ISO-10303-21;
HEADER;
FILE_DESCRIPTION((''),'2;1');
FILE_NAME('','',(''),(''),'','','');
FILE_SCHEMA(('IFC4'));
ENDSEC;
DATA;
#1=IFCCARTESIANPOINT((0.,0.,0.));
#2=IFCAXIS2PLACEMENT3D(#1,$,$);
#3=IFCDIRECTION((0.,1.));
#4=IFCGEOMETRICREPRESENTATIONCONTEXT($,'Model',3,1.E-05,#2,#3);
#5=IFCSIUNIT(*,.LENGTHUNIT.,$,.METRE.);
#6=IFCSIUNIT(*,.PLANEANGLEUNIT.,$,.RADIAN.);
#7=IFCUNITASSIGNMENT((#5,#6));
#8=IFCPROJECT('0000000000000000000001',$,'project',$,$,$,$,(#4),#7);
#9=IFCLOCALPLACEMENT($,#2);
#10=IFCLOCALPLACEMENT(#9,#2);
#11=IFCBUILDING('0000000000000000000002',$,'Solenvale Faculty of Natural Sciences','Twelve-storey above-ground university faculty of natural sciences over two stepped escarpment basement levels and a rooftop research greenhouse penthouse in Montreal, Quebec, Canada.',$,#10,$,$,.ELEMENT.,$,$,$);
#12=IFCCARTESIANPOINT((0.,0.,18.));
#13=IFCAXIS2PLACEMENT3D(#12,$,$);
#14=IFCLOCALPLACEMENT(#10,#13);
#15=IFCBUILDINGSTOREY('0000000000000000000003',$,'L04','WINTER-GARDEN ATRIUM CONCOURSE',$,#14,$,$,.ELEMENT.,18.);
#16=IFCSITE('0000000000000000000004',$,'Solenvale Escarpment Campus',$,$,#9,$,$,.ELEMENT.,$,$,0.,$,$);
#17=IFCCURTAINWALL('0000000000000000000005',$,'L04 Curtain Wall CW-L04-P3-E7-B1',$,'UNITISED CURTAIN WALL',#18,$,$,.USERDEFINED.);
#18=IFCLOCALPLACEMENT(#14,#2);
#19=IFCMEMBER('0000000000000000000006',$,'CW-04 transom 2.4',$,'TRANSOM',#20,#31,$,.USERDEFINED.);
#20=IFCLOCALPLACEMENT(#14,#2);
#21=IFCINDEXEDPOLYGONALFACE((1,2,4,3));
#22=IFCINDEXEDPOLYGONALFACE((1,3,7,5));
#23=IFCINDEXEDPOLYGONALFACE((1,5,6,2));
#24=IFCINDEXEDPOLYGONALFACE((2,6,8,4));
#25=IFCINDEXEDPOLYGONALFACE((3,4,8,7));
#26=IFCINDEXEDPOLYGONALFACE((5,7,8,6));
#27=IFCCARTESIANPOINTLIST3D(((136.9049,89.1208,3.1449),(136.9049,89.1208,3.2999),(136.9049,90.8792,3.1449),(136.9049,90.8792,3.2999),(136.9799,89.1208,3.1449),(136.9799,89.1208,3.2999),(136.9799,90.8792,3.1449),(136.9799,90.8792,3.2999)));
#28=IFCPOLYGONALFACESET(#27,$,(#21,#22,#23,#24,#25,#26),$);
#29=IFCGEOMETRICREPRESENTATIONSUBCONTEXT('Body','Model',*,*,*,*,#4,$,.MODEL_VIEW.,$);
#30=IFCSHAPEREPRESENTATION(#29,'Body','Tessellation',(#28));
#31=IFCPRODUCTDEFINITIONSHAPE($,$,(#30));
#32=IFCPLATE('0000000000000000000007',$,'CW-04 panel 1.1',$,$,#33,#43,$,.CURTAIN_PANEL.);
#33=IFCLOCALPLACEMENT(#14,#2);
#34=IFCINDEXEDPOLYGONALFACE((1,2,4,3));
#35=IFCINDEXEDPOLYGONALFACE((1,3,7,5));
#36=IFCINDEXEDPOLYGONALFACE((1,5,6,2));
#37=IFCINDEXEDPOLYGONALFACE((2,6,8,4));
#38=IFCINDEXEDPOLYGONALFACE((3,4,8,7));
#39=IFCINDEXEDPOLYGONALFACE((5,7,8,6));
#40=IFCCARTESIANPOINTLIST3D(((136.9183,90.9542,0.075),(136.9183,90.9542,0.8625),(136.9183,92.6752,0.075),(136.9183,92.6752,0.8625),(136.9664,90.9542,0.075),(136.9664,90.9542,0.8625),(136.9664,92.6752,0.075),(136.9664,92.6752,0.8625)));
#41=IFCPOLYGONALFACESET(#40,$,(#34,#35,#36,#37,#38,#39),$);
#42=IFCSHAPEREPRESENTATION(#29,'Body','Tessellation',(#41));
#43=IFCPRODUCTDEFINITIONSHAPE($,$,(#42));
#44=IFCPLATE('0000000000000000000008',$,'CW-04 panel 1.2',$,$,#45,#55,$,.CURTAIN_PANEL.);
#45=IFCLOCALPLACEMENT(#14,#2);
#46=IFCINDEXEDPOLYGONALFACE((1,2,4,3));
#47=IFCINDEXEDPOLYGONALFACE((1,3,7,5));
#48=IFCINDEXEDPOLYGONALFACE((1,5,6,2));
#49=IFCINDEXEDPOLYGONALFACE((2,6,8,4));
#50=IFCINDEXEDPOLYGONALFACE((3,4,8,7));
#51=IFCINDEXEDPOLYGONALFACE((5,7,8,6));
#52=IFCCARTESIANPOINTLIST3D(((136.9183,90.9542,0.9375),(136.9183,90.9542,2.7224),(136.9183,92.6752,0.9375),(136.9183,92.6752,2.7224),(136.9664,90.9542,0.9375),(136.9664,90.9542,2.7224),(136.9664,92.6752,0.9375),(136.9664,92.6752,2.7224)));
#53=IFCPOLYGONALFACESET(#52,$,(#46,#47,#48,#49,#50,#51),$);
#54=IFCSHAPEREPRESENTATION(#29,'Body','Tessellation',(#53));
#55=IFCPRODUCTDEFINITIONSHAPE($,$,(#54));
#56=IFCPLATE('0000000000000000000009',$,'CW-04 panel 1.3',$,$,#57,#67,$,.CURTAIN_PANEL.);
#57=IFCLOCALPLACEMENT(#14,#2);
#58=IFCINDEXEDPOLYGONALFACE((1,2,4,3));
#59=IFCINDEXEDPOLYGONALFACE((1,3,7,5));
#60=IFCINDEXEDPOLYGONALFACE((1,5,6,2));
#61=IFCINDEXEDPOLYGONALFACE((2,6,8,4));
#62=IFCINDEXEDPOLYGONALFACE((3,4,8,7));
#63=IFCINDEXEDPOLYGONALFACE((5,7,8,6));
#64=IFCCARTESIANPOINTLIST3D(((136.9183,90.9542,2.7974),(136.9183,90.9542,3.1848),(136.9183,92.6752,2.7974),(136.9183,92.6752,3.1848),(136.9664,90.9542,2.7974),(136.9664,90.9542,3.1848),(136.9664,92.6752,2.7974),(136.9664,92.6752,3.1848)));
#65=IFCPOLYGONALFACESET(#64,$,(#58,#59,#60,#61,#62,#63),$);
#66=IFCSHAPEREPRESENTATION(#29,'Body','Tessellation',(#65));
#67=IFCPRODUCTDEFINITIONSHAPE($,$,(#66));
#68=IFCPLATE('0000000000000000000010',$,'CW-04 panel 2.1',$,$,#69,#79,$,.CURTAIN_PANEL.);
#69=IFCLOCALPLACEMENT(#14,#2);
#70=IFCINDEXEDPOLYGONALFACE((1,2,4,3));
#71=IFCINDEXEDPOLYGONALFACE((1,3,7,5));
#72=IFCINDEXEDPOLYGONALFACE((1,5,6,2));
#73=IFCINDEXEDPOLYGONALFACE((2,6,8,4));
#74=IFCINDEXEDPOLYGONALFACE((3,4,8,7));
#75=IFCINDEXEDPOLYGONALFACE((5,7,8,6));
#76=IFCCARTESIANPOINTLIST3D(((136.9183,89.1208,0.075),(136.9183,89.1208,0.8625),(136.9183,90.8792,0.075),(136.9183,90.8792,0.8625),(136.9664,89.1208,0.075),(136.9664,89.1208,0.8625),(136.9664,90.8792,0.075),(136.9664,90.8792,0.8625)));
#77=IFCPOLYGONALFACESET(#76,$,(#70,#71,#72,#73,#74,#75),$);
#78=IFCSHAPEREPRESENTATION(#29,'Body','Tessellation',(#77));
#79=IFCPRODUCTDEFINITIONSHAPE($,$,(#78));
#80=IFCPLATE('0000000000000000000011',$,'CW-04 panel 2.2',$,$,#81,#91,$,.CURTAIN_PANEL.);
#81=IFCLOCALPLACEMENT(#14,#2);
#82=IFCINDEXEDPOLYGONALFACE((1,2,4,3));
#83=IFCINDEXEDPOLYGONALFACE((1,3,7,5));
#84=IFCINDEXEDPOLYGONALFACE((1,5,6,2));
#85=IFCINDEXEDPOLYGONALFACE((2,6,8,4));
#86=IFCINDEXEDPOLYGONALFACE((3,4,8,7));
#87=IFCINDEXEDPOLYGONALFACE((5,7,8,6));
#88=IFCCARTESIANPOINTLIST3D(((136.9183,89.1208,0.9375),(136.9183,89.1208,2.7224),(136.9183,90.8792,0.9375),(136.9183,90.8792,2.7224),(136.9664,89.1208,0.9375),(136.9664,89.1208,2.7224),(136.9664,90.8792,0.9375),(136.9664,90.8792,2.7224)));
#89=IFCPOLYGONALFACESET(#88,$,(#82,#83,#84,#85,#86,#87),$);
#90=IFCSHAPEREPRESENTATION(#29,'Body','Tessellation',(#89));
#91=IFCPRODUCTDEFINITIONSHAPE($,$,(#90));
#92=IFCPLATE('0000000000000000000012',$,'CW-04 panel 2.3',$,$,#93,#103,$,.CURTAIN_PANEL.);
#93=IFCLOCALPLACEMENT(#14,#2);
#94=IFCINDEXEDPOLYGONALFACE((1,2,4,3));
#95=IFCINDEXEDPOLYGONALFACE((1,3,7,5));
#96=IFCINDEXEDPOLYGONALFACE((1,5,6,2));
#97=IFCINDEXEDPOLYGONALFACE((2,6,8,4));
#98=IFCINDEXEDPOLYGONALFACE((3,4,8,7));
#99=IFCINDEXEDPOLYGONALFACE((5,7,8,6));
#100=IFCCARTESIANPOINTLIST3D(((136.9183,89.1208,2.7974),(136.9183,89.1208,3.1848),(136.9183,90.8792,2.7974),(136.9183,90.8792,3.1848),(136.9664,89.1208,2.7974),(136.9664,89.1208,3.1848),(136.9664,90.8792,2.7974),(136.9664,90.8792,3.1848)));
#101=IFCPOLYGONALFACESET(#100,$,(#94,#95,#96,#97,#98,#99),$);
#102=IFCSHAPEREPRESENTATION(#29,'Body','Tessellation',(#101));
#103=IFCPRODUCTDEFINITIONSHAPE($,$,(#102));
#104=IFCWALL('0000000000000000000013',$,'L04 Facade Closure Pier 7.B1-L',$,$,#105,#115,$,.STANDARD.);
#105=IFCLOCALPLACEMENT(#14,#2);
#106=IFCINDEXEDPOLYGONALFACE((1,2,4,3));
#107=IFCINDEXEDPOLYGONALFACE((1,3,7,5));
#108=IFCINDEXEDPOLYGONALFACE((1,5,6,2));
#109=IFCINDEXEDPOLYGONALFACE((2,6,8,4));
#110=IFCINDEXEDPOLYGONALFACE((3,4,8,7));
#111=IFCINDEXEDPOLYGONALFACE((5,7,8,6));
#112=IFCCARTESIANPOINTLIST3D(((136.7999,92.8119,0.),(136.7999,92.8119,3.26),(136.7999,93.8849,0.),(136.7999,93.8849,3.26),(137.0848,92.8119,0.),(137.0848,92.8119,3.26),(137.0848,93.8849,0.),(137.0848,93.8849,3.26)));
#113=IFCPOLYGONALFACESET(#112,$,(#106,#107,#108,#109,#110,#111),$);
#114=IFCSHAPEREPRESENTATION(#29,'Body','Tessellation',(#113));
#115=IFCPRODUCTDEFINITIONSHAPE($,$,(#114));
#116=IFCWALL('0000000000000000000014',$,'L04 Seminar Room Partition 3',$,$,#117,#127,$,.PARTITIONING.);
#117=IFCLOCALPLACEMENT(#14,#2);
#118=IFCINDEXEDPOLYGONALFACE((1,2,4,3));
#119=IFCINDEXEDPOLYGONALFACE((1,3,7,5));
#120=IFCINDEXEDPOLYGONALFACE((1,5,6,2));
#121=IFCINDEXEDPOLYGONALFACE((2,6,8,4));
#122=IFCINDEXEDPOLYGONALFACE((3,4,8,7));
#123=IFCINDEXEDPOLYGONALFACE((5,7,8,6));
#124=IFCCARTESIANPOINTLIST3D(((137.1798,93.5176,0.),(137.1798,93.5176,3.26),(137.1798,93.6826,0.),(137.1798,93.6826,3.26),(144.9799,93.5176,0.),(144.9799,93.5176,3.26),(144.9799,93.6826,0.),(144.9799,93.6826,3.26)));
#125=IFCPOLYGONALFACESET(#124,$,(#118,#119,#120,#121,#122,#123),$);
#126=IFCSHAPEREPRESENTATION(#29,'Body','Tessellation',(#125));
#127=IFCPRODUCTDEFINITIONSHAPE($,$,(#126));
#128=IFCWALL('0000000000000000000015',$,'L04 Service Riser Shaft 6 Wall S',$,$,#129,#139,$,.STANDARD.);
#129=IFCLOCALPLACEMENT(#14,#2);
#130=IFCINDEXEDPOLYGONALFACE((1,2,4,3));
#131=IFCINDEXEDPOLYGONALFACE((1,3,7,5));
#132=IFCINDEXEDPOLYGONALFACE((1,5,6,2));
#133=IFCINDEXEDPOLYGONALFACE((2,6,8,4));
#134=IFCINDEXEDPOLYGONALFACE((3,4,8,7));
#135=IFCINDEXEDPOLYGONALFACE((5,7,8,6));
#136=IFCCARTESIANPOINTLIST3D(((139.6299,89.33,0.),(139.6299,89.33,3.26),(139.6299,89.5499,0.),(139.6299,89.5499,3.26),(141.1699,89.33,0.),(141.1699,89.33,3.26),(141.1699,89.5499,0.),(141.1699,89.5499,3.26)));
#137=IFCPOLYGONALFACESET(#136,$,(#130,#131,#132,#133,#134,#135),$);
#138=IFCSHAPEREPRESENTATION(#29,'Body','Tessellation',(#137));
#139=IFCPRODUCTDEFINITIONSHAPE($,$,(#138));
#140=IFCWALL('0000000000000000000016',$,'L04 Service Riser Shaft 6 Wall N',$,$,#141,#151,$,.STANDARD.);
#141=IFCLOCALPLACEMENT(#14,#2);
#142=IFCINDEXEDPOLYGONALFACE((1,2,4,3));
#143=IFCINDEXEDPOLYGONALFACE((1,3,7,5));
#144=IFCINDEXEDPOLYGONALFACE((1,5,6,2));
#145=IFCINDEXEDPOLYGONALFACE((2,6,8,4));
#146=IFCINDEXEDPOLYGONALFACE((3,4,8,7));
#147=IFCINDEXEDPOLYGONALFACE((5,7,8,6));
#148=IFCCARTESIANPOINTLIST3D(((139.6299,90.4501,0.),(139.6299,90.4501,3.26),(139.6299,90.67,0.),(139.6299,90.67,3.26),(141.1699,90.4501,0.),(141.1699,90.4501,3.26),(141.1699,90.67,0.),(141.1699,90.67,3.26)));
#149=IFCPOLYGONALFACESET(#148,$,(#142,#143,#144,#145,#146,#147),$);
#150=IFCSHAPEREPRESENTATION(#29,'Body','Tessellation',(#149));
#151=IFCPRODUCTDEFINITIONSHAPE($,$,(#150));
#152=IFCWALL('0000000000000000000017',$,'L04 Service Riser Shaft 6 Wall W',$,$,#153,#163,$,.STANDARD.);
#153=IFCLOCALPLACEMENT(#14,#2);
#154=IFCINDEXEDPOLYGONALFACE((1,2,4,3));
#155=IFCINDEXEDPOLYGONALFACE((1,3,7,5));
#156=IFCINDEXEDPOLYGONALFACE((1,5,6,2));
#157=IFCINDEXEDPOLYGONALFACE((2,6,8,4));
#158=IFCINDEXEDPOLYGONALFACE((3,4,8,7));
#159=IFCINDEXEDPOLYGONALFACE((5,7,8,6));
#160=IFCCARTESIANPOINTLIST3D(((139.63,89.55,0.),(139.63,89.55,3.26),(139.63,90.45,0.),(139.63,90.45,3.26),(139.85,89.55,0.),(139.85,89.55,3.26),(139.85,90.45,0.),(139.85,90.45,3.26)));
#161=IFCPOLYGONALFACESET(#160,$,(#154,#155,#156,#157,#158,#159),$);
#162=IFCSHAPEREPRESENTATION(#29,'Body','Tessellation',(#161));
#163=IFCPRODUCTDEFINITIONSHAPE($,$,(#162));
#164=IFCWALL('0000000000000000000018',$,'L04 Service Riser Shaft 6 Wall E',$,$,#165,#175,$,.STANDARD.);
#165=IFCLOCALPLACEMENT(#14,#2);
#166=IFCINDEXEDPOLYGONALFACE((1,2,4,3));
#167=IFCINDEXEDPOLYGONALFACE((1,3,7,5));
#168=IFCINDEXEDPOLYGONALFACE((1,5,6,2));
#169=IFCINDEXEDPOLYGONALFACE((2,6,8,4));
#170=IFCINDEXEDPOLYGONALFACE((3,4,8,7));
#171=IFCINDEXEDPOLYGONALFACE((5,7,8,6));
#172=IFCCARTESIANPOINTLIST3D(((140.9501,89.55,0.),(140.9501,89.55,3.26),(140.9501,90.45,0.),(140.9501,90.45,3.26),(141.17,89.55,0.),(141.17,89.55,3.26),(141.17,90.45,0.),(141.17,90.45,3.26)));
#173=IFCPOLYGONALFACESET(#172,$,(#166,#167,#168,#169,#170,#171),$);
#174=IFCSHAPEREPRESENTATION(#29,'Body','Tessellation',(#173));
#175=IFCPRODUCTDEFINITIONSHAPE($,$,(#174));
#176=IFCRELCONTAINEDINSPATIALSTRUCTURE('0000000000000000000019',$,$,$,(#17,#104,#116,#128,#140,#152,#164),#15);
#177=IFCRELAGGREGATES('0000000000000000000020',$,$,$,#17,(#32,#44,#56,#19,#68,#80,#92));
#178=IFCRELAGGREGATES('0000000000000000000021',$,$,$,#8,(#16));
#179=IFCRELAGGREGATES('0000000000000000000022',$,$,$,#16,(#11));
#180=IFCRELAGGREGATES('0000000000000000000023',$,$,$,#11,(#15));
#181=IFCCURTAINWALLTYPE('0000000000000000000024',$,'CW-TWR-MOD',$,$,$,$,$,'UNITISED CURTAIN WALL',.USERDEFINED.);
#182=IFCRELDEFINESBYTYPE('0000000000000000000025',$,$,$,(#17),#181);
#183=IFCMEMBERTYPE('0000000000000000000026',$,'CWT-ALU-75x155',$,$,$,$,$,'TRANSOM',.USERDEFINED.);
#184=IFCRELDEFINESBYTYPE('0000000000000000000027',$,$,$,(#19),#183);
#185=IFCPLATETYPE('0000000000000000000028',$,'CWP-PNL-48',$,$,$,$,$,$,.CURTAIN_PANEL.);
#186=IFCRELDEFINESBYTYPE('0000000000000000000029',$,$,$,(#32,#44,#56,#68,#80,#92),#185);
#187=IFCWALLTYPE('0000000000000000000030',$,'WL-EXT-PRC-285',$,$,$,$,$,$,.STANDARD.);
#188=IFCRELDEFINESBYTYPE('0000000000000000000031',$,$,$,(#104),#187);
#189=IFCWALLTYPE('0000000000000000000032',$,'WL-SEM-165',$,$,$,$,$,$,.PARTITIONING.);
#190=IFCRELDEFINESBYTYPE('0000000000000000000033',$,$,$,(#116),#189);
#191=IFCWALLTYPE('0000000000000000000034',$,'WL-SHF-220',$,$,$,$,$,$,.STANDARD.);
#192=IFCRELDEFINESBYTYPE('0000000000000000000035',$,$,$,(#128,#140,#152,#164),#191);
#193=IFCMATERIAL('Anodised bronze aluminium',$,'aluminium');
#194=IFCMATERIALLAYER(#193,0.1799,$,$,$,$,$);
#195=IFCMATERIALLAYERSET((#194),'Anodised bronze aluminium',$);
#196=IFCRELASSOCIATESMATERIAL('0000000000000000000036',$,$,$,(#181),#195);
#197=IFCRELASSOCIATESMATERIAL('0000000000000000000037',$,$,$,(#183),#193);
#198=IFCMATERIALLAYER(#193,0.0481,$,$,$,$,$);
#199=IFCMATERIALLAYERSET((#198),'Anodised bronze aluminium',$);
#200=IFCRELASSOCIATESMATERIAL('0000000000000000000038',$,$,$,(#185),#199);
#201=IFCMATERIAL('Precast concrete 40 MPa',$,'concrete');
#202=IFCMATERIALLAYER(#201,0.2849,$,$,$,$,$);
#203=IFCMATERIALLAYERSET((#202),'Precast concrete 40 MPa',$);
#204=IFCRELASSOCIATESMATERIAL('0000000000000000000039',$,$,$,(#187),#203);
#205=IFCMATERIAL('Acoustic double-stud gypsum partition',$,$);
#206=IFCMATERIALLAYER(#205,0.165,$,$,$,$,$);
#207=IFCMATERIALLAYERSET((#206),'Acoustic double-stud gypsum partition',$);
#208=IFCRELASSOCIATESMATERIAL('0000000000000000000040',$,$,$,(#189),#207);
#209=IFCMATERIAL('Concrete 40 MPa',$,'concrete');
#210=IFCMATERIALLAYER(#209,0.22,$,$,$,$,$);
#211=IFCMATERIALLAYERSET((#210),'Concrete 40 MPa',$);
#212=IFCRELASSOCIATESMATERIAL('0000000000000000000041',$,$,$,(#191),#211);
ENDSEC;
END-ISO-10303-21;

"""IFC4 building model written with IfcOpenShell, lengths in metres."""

from ifc_helpers import new_model, si_unit, direction, frame, frame_2d, origin, origin_2d, place, context, subcontext, project, spatial, rectangle, extrude, material, layer, layer_set, material_profile, profile_set, type_object, element, aggregate, save


model = new_model("IFC4")

# Units and contexts
model_context = context("Model", 3, precision=1e-05, world=origin(), true_north=direction((0.0, 1.0)))
body_context = subcontext(model_context, "Body", "Model", "MODEL_VIEW")
ifc_project = project(units=[si_unit("LENGTHUNIT", "METRE"), si_unit("PLANEANGLEUNIT", "RADIAN")], contexts=[model_context])

# Site, building, storey
site_placement = place(None, origin())
site = spatial("IfcSite", under=ifc_project, at=site_placement, Name="Solenvale Escarpment Campus", CompositionType="ELEMENT", RefElevation=0.0)
building_placement = place(site_placement, origin())
building = spatial("IfcBuilding", under=site, at=building_placement, Name="Solenvale Faculty of Natural Sciences", Description="Twelve-storey above-ground university faculty of natural sciences over two stepped escarpment basement levels and a rooftop research greenhouse penthouse in Montreal, Quebec, Canada.", CompositionType="ELEMENT")
storey_placement = place(building_placement, frame((0.0, 0.0, 18.0)))
storey = spatial("IfcBuildingStorey", under=building, at=storey_placement, Name="L04", Description="WINTER-GARDEN ATRIUM CONCOURSE", CompositionType="ELEMENT", Elevation=18.0)

# Shared definitions
ifc_material_1 = material(Name="Concrete 40 MPa", Category="concrete")

# Curtain wall, member, plates
ifc_material_2 = material(Name="Anodised bronze aluminium", Category="aluminium")
ifc_layer_1 = layer(ifc_material_2, 0.1799)
ifc_layer_set_1 = layer_set([ifc_layer_1], Name="Anodised bronze aluminium")
curtain_wall_type = type_object("IfcCurtainWallType", Name="CW-TWR-MOD", ElementType="UNITISED CURTAIN WALL", PredefinedType="USERDEFINED", material=ifc_layer_set_1)
curtain_wall_placement = place(storey_placement, origin())
curtain_wall = element("IfcCurtainWall", 1, at=curtain_wall_placement, inside=storey, type_object=curtain_wall_type, Name="L04 Curtain Wall CW-L04-P3-E7-B1", ObjectType="UNITISED CURTAIN WALL", PredefinedType="USERDEFINED")
ifc_material_profile_1 = material_profile(ifc_material_2, rectangle(XDim=0.075, YDim=0.155, at=origin_2d()), Name="ALU-TRN-75x155")
ifc_profile_set_1 = profile_set([ifc_material_profile_1], Name="Anodised bronze aluminium")
member_type_1 = type_object("IfcMemberType", Name="CWT-ALU-75x155", ElementType="TRANSOM", PredefinedType="USERDEFINED", material=ifc_profile_set_1)
member_1_placement = place(storey_placement, frame((136.9424, 90.8792, 3.2224), z_axis=(0.0, -1.0, 0.0), x_axis=(1.0, 0.0, 0.0)))
member_1 = element("IfcMember", 2, at=member_1_placement, type_object=member_type_1, Name="CW-04 transom 2.4", ObjectType="TRANSOM", PredefinedType="USERDEFINED", context=body_context, shape_type="SweptSolid", body=[
    extrude(rectangle(XDim=0.075, YDim=0.155, at=origin_2d()), origin(), (0.0, 0.0, 1.0), 1.7583),
])
ifc_layer_2 = layer(ifc_material_2, 0.0481)
ifc_layer_set_2 = layer_set([ifc_layer_2], Name="Anodised bronze aluminium")
plate_type = type_object("IfcPlateType", Name="CWP-PNL-48", PredefinedType="CURTAIN_PANEL", material=ifc_layer_set_2)
plate_1_placement = place(storey_placement, frame((136.9424, 91.8147, 0.075), z_axis=(0.0, 0.0, 1.0), x_axis=(0.0, -1.0, 0.0)))
plate_1 = element("IfcPlate", 3, at=plate_1_placement, type_object=plate_type, Name="CW-04 panel 1.1", PredefinedType="CURTAIN_PANEL", context=body_context, shape_type="SweptSolid", body=[
    extrude(rectangle(XDim=1.7209, YDim=0.0481, at=origin_2d()), origin(), (0.0, 0.0, 1.0), 0.7876),
])
plate_2_placement = place(storey_placement, frame((136.9424, 91.8147, 0.9375), z_axis=(0.0, 0.0, 1.0), x_axis=(0.0, -1.0, 0.0)))
plate_2 = element("IfcPlate", 4, at=plate_2_placement, type_object=plate_type, Name="CW-04 panel 1.2", PredefinedType="CURTAIN_PANEL", context=body_context, shape_type="SweptSolid", body=[
    extrude(rectangle(XDim=1.7209, YDim=0.0481, at=origin_2d()), origin(), (0.0, 0.0, 1.0), 1.7849),
])
plate_3_placement = place(storey_placement, frame((136.9424, 91.8147, 2.7974), z_axis=(0.0, 0.0, 1.0), x_axis=(0.0, -1.0, 0.0)))
plate_3 = element("IfcPlate", 5, at=plate_3_placement, type_object=plate_type, Name="CW-04 panel 1.3", PredefinedType="CURTAIN_PANEL", context=body_context, shape_type="SweptSolid", body=[
    extrude(rectangle(XDim=1.7209, YDim=0.0481, at=origin_2d()), origin(), (0.0, 0.0, 1.0), 0.3875),
])
plate_4_placement = place(storey_placement, frame((136.9424, 90.0, 0.075), z_axis=(0.0, 0.0, 1.0), x_axis=(0.0, -1.0, 0.0)))
plate_4 = element("IfcPlate", 6, at=plate_4_placement, type_object=plate_type, Name="CW-04 panel 2.1", PredefinedType="CURTAIN_PANEL", context=body_context, shape_type="SweptSolid", body=[
    extrude(rectangle(XDim=1.7583, YDim=0.0481, at=origin_2d()), origin(), (0.0, 0.0, 1.0), 0.7876),
])
plate_5_placement = place(storey_placement, frame((136.9424, 90.0, 0.9375), z_axis=(0.0, 0.0, 1.0), x_axis=(0.0, -1.0, 0.0)))
plate_5 = element("IfcPlate", 7, at=plate_5_placement, type_object=plate_type, Name="CW-04 panel 2.2", PredefinedType="CURTAIN_PANEL", context=body_context, shape_type="SweptSolid", body=[
    extrude(rectangle(XDim=1.7583, YDim=0.0481, at=origin_2d()), origin(), (0.0, 0.0, 1.0), 1.7849),
])
plate_6_placement = place(storey_placement, frame((136.9424, 90.0, 2.7974), z_axis=(0.0, 0.0, 1.0), x_axis=(0.0, -1.0, 0.0)))
plate_6 = element("IfcPlate", 8, at=plate_6_placement, type_object=plate_type, Name="CW-04 panel 2.3", PredefinedType="CURTAIN_PANEL", context=body_context, shape_type="SweptSolid", body=[
    extrude(rectangle(XDim=1.7583, YDim=0.0481, at=origin_2d()), origin(), (0.0, 0.0, 1.0), 0.3875),
])
aggregate(curtain_wall, [plate_1, plate_2, plate_3, member_1, plate_4, plate_5, plate_6])

# Walls
ifc_material_3 = material(Name="Precast concrete 40 MPa", Category="concrete")
ifc_layer_3 = layer(ifc_material_3, 0.2849)
ifc_layer_set_3 = layer_set([ifc_layer_3], Name="Precast concrete 40 MPa")
wall_type_1 = type_object("IfcWallType", Name="WL-EXT-PRC-285", PredefinedType="STANDARD", material=ifc_layer_set_3)
wall_1_placement = place(storey_placement, frame((136.9424, 93.885, 0.0), z_axis=(0.0, 0.0, 1.0), x_axis=(0.0, -1.0, 0.0)))
element("IfcWall", 9, at=wall_1_placement, inside=storey, type_object=wall_type_1, Name="L04 Facade Closure Pier 7.B1-L", PredefinedType="STANDARD", context=body_context, shape_type="SweptSolid", body=[
    extrude(rectangle(XDim=1.073, YDim=0.2849, at=frame_2d((0.5366, 0.0))), origin(), (0.0, 0.0, 1.0), 3.26),
])
ifc_material_4 = material(Name="Acoustic double-stud gypsum partition")
ifc_layer_4 = layer(ifc_material_4, 0.165)
ifc_layer_set_4 = layer_set([ifc_layer_4], Name="Acoustic double-stud gypsum partition")
wall_type_2 = type_object("IfcWallType", Name="WL-SEM-165", PredefinedType="PARTITIONING", material=ifc_layer_set_4)
wall_2_placement = place(storey_placement, frame((137.1799, 93.6001, 0.0), z_axis=(0.0, 0.0, 1.0), x_axis=(1.0, 0.0, 0.0)))
element("IfcWall", 10, at=wall_2_placement, inside=storey, type_object=wall_type_2, Name="L04 Seminar Room Partition 3", PredefinedType="PARTITIONING", context=body_context, shape_type="SweptSolid", body=[
    extrude(rectangle(XDim=7.8, YDim=0.165, at=frame_2d((3.8999, 0.0))), origin(), (0.0, 0.0, 1.0), 3.26),
])
ifc_layer_5 = layer(ifc_material_1, 0.22)
ifc_layer_set_5 = layer_set([ifc_layer_5], Name="Concrete 40 MPa")
wall_type_3 = type_object("IfcWallType", Name="WL-SHF-220", PredefinedType="STANDARD", material=ifc_layer_set_5)
for number, where, z_axis, x_axis, name in (
    (11, (139.6299, 89.4399, 0.0), (0.0, 0.0, 1.0), (1.0, 0.0, 0.0), "L04 Service Riser Shaft 6 Wall S"),
    (12, (139.6299, 90.5601, 0.0), (0.0, 0.0, 1.0), (1.0, 0.0, 0.0), "L04 Service Riser Shaft 6 Wall N"),
):
    element("IfcWall", number, at=place(storey_placement, frame(where, z_axis=z_axis, x_axis=x_axis)), inside=storey, type_object=wall_type_3, Name=name, PredefinedType="STANDARD", context=body_context, shape_type="SweptSolid", body=[
        extrude(rectangle(XDim=1.54, YDim=0.22, at=frame_2d((0.77, 0.0))), origin(), (0.0, 0.0, 1.0), 3.26),
    ])
for number, where, z_axis, x_axis, name in (
    (13, (139.74, 89.55, 0.0), (0.0, 0.0, 1.0), (0.0, 1.0, 0.0), "L04 Service Riser Shaft 6 Wall W"),
    (14, (141.0601, 89.55, 0.0), (0.0, 0.0, 1.0), (0.0, 1.0, 0.0), "L04 Service Riser Shaft 6 Wall E"),
):
    element("IfcWall", number, at=place(storey_placement, frame(where, z_axis=z_axis, x_axis=x_axis)), inside=storey, type_object=wall_type_3, Name=name, PredefinedType="STANDARD", context=body_context, shape_type="SweptSolid", body=[
        extrude(rectangle(XDim=0.8999, YDim=0.22, at=frame_2d((0.45, 0.0))), origin(), (0.0, 0.0, 1.0), 3.26),
    ])

save(model, "model.ifc")
